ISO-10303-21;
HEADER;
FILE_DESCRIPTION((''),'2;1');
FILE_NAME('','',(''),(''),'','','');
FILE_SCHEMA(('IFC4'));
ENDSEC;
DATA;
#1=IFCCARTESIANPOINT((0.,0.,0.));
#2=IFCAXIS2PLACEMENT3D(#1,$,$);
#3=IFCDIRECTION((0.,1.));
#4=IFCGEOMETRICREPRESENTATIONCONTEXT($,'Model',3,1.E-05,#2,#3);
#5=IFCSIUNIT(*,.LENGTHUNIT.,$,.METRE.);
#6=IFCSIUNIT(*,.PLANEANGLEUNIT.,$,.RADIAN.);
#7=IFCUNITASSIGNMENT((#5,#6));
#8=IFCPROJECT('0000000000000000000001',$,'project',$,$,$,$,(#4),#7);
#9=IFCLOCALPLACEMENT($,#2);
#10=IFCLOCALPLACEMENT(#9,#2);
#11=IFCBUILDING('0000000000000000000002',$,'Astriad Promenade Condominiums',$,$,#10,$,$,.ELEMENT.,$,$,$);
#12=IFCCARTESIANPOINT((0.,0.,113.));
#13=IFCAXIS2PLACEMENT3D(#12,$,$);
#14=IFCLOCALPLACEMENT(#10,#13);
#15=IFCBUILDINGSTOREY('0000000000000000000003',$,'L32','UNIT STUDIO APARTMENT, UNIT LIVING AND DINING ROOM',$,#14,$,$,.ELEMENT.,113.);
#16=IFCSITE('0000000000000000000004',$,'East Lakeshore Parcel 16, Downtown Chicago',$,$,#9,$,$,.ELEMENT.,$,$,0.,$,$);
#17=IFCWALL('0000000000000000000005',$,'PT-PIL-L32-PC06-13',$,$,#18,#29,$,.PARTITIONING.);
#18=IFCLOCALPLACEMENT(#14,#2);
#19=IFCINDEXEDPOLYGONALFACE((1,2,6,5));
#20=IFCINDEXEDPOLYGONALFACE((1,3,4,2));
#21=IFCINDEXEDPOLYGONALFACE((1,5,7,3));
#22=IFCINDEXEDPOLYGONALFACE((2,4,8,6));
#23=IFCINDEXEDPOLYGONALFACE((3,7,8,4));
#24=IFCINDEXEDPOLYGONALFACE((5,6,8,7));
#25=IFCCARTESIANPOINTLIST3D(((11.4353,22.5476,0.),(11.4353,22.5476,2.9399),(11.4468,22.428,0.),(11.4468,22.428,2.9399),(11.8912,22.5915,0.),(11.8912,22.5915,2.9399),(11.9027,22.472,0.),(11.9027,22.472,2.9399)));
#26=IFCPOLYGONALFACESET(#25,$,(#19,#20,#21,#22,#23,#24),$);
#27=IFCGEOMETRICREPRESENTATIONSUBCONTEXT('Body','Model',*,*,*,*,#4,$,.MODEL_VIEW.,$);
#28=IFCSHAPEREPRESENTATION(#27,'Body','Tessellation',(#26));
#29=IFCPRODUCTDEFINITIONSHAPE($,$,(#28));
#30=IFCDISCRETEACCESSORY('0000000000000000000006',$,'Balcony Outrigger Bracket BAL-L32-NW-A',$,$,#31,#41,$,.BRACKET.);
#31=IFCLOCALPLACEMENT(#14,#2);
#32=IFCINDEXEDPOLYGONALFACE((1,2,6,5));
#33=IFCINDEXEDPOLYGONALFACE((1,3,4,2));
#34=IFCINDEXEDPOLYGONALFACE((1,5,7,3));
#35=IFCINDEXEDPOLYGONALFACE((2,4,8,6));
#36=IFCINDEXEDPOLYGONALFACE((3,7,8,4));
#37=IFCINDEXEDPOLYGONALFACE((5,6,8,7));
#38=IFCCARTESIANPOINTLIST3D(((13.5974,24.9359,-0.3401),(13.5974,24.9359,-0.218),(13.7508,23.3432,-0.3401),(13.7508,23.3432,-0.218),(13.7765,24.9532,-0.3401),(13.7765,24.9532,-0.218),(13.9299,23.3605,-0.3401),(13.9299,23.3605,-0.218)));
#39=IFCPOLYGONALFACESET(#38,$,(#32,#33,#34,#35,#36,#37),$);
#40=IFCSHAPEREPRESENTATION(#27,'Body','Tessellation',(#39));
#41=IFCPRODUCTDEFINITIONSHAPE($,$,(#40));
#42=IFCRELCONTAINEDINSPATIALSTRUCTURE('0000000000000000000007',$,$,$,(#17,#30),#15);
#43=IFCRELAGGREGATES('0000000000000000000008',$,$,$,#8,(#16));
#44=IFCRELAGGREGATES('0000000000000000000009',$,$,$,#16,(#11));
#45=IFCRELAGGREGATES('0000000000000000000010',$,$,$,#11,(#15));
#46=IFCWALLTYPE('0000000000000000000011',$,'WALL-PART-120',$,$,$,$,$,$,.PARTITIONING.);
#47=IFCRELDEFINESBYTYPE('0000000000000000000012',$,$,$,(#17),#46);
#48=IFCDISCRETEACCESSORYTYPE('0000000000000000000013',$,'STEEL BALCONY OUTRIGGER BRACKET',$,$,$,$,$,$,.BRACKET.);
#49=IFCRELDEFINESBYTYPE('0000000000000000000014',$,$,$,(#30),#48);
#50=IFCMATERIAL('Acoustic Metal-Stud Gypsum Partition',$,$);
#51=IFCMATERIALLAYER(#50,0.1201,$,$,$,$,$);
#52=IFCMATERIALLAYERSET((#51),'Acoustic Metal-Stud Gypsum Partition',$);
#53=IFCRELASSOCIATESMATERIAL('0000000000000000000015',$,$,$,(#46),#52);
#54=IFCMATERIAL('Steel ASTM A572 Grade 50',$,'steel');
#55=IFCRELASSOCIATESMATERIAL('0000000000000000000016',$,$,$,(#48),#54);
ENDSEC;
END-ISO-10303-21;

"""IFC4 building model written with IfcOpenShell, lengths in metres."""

from ifc_helpers import new_model, si_unit, direction, frame, frame_2d, origin, origin_2d, place, context, subcontext, project, spatial, rectangle, extrude, source, transform, mapped, material, layer, layer_set, type_object, type_shapes, element, save


model = new_model("IFC4")

# Units and contexts
model_context = context("Model", 3, precision=1e-05, world=origin(), true_north=direction((0.0, 1.0)))
body_context = subcontext(model_context, "Body", "Model", "MODEL_VIEW")
ifc_project = project(units=[si_unit("LENGTHUNIT", "METRE"), si_unit("PLANEANGLEUNIT", "RADIAN")], contexts=[model_context])

# Site, building, storey
site_placement = place(None, origin())
site = spatial("IfcSite", under=ifc_project, at=site_placement, Name="East Lakeshore Parcel 16, Downtown Chicago", CompositionType="ELEMENT", RefElevation=0.0)
building_placement = place(site_placement, origin())
building = spatial("IfcBuilding", under=site, at=building_placement, Name="Astriad Promenade Condominiums", CompositionType="ELEMENT")
storey_placement = place(building_placement, frame((0.0, 0.0, 113.0)))
storey = spatial("IfcBuildingStorey", under=building, at=storey_placement, Name="L32", Description="UNIT STUDIO APARTMENT, UNIT LIVING AND DINING ROOM", CompositionType="ELEMENT", Elevation=113.0)

# Shared definitions
ifc_material_1 = material(Name="Acoustic Metal-Stud Gypsum Partition")
ifc_layer_1 = layer(ifc_material_1, 0.1201)
ifc_layer_set_1 = layer_set([ifc_layer_1], Name="Acoustic Metal-Stud Gypsum Partition")
wall_type_1 = type_object("IfcWallType", Name="WALL-PART-120", PredefinedType="PARTITIONING", material=ifc_layer_set_1)

# Wall
wall_1_placement = place(storey_placement, frame((11.897, 22.5317, 0.0), z_axis=(0.0, 0.0, 1.0), x_axis=(-0.995385, -0.095966, 0.0)))
element("IfcWall", 1, at=wall_1_placement, inside=storey, type_object=wall_type_1, Name="PT-PIL-L32-PC06-13", PredefinedType="PARTITIONING", context=body_context, shape_type="SweptSolid", body=[
    extrude(rectangle(XDim=0.458, YDim=0.1201, at=frame_2d((0.229, 0.0))), origin(), (0.0, 0.0, 1.0), 2.9399),
])

# Discrete accessory
ifc_material_2 = material(Name="Steel ASTM A572 Grade 50", Category="steel")
discrete_accessory_type = type_object("IfcDiscreteAccessoryType", Name="STEEL BALCONY OUTRIGGER BRACKET", PredefinedType="BRACKET", material=ifc_material_2)
shared_shape_1 = source(origin(), body_context, "Body", "SweptSolid", [
    extrude(rectangle(XDim=1.6001, YDim=0.1799, at=origin_2d()), origin(), (0.0, 0.0, 1.0), 0.1221),
])
type_shapes(discrete_accessory_type, [shared_shape_1])
discrete_accessory_placement = place(storey_placement, frame((13.7637, 24.1482, -0.3401), z_axis=(0.0, 0.0, 1.0), x_axis=(-0.095846, 0.995396, 0.0)))
element("IfcDiscreteAccessory", 2, at=discrete_accessory_placement, inside=storey, type_object=discrete_accessory_type, Name="Balcony Outrigger Bracket BAL-L32-NW-A", PredefinedType="BRACKET", context=body_context, shape_type="MappedRepresentation", body=[
    mapped(shared_shape_1, transform((0.0, 0.0, 0.0), scale=1.0)),
])

save(model, "model.ifc")
